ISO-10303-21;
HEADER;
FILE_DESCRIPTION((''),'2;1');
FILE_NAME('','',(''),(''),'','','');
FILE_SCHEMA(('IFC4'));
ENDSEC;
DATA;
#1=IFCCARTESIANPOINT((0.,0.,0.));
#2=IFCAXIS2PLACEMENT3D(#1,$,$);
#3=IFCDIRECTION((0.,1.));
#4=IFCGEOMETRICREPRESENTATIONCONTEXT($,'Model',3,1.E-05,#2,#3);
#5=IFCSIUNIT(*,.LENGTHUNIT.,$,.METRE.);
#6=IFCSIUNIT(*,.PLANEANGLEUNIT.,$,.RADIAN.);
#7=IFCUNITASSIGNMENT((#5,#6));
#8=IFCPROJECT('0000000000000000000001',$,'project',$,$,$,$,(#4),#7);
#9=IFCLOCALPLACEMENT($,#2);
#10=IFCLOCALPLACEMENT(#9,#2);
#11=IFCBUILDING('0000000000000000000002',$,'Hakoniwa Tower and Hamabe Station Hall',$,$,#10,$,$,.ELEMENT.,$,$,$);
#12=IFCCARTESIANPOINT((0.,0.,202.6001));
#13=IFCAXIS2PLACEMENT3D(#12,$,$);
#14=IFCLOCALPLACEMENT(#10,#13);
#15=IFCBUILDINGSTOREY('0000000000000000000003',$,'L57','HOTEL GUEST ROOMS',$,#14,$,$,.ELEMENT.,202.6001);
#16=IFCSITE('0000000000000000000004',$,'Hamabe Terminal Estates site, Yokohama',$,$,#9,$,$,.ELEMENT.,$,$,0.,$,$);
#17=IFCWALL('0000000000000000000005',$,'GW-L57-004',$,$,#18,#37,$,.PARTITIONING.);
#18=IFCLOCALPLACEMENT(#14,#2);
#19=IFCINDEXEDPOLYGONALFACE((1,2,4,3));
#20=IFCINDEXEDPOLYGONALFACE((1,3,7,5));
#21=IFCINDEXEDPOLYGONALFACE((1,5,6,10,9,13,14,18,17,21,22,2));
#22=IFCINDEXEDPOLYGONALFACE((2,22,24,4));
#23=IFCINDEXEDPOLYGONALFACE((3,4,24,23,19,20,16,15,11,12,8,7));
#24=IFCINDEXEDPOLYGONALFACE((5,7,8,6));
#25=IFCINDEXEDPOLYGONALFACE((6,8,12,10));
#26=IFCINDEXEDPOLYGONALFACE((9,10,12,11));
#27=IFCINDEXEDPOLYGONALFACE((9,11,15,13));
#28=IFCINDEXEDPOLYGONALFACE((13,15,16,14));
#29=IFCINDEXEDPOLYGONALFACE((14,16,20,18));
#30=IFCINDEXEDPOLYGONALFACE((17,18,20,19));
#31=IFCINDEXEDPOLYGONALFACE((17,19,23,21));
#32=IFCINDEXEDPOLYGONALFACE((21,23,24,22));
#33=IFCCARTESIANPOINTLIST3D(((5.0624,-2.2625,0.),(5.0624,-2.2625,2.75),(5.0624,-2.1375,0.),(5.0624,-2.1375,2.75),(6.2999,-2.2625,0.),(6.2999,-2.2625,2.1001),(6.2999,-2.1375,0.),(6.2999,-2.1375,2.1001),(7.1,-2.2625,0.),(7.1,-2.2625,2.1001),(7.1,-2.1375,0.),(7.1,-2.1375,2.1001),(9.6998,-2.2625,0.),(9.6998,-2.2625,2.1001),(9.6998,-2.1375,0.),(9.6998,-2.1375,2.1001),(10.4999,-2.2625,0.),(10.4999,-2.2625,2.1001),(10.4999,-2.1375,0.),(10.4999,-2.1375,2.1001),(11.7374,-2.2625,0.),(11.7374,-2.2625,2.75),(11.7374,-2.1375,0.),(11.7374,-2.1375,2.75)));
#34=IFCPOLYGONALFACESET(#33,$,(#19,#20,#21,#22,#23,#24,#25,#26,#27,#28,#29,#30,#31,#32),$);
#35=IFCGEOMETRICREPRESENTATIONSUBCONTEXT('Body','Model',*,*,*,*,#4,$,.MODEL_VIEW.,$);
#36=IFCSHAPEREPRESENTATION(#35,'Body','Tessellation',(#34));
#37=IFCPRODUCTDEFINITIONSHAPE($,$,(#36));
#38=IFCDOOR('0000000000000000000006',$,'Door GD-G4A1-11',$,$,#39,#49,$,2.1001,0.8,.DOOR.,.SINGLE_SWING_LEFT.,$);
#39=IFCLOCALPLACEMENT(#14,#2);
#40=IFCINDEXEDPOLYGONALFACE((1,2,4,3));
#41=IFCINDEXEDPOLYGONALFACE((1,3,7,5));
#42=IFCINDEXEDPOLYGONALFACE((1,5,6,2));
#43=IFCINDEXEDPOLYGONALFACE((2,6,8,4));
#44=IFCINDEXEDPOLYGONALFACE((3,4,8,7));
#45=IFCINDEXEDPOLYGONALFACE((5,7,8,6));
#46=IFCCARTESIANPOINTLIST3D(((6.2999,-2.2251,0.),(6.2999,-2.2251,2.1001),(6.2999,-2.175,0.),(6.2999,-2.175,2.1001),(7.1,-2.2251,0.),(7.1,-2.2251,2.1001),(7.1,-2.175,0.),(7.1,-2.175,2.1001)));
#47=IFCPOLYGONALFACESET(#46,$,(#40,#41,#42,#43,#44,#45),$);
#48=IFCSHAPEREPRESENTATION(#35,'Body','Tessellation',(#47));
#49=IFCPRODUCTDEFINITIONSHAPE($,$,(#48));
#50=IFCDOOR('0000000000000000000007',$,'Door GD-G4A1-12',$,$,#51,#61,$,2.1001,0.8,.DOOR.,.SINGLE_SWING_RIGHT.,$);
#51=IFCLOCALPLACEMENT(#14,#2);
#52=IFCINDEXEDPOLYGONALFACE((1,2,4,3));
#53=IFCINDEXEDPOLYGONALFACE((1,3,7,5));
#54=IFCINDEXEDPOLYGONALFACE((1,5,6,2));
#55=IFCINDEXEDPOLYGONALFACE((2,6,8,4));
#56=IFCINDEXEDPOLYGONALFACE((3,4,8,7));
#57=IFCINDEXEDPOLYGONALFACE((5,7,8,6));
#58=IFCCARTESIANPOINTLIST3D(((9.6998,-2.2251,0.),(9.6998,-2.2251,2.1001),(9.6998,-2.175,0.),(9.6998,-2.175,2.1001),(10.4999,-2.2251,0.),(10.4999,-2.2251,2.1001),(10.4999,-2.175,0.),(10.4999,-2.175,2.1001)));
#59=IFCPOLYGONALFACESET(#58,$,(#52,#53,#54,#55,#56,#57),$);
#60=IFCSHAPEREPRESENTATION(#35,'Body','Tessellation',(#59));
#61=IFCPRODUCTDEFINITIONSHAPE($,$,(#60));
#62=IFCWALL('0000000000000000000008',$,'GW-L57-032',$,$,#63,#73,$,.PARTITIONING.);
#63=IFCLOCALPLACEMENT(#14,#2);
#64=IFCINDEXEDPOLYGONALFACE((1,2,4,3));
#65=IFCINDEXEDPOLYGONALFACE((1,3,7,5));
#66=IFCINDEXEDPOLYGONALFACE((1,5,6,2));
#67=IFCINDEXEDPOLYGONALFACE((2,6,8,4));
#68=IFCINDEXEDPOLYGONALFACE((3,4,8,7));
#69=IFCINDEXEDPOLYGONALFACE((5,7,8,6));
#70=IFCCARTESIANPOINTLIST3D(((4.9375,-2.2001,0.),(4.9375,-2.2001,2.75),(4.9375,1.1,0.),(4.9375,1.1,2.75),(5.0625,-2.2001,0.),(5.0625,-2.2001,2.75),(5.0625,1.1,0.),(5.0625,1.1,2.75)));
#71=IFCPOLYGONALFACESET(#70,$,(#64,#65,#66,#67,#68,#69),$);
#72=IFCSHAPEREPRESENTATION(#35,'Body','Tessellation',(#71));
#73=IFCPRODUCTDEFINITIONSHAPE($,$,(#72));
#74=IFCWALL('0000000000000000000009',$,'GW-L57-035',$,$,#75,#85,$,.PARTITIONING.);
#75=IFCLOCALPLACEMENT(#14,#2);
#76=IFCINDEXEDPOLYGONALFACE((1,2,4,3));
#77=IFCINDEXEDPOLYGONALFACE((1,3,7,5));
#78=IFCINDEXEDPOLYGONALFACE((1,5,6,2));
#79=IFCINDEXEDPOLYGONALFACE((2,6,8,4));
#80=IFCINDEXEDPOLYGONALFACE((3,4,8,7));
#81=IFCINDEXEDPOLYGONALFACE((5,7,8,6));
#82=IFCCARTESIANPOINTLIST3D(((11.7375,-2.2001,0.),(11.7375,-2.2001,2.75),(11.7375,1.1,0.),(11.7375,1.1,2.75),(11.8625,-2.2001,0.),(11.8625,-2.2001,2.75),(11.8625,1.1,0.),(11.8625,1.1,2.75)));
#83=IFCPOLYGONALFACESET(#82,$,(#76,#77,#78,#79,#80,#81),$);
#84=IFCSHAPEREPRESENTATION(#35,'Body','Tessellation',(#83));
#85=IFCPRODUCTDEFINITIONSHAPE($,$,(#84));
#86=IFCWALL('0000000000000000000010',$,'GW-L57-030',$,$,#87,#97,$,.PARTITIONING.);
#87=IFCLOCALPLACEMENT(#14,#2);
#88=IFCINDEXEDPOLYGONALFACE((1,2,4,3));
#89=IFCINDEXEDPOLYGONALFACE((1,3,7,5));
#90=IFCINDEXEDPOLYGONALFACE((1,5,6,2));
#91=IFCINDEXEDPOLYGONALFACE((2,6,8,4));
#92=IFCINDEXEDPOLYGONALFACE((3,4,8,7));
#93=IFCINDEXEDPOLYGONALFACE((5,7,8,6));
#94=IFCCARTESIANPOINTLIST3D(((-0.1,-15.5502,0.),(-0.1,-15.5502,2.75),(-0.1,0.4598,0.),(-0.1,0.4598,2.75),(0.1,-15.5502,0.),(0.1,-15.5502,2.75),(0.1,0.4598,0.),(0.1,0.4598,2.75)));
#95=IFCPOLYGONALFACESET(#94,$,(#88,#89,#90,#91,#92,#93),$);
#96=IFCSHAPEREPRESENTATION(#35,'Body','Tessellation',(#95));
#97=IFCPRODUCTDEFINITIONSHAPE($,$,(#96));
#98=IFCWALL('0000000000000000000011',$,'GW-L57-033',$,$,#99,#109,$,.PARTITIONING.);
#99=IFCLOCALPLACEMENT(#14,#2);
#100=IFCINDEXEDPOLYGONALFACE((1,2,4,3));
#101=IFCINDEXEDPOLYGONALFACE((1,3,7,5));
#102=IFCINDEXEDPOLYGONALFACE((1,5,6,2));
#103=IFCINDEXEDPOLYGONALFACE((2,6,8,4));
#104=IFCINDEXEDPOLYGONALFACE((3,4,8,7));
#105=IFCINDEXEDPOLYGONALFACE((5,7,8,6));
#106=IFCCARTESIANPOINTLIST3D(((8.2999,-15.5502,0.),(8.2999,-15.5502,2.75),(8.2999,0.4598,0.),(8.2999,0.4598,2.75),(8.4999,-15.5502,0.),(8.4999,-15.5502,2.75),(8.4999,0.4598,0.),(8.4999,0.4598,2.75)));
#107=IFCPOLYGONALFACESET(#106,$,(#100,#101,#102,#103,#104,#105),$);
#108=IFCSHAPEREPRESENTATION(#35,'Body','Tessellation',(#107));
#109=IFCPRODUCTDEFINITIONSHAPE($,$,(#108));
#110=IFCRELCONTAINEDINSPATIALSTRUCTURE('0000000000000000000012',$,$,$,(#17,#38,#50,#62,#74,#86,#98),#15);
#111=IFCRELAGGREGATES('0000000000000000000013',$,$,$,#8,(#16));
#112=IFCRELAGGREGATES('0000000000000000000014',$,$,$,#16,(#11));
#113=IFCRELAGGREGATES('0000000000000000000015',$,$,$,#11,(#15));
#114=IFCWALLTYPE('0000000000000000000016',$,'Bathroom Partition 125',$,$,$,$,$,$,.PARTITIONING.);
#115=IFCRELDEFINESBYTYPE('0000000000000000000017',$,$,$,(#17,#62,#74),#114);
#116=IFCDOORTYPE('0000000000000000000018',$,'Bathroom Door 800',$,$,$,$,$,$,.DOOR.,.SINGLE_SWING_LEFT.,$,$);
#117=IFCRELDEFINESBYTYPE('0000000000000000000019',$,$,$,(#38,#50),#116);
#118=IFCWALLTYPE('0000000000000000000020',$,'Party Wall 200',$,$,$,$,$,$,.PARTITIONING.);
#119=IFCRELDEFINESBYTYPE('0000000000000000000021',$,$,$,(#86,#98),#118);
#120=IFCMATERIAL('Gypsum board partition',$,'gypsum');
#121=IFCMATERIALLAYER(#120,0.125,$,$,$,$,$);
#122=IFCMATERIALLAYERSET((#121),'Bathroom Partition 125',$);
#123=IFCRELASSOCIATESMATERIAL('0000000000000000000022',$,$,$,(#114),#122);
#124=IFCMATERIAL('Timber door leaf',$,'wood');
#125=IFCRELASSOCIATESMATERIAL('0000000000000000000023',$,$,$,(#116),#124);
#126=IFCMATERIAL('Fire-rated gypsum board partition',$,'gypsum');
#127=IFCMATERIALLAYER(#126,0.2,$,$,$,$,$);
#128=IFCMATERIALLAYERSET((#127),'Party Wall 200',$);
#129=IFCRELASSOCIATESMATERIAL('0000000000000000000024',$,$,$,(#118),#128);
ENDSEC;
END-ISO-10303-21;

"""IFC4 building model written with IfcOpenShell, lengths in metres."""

from ifc_helpers import new_model, si_unit, direction, frame, frame_2d, origin, place, context, subcontext, project, spatial, rectangle, extrude, material, layer, layer_set, type_object, element, fill, save


model = new_model("IFC4")

# Units and contexts
model_context = context("Model", 3, precision=1e-05, world=origin(), true_north=direction((0.0, 1.0)))
body_context = subcontext(model_context, "Body", "Model", "MODEL_VIEW")
ifc_project = project(units=[si_unit("LENGTHUNIT", "METRE"), si_unit("PLANEANGLEUNIT", "RADIAN")], contexts=[model_context])

# Site, building, storey
site_placement = place(None, origin())
site = spatial("IfcSite", under=ifc_project, at=site_placement, Name="Hamabe Terminal Estates site, Yokohama", CompositionType="ELEMENT", RefElevation=0.0)
building_placement = place(site_placement, origin())
building = spatial("IfcBuilding", under=site, at=building_placement, Name="Hakoniwa Tower and Hamabe Station Hall", CompositionType="ELEMENT")
storey_placement = place(building_placement, frame((0.0, 0.0, 202.6001)))
storey = spatial("IfcBuildingStorey", under=building, at=storey_placement, Name="L57", Description="HOTEL GUEST ROOMS", CompositionType="ELEMENT", Elevation=202.6001)

# Wall, openings, doors
ifc_material_1 = material(Name="Gypsum board partition", Category="gypsum")
ifc_layer_1 = layer(ifc_material_1, 0.125)
ifc_layer_set_1 = layer_set([ifc_layer_1], Name="Bathroom Partition 125")
wall_type_1 = type_object("IfcWallType", Name="Bathroom Partition 125", PredefinedType="PARTITIONING", material=ifc_layer_set_1)
wall_placement = place(storey_placement, frame((5.0625, -2.2, 0.0), z_axis=(0.0, 0.0, 1.0), x_axis=(1.0, 0.0, 0.0)))
wall = element("IfcWall", 1, at=wall_placement, inside=storey, type_object=wall_type_1, Name="GW-L57-004", PredefinedType="PARTITIONING", context=body_context, shape_type="SweptSolid", body=[
    extrude(rectangle(XDim=6.675, YDim=0.125, at=frame_2d((3.3374, 0.0))), origin(), (0.0, 0.0, 1.0), 2.75),
])
opening_1_placement = place(wall_placement, frame((1.2375, 0.0, 0.0)))
opening_1 = element("IfcOpeningElement", 2, at=opening_1_placement, cuts=wall, PredefinedType="OPENING", context=body_context, shape_type="SweptSolid", body=[
    extrude(rectangle(XDim=0.8, YDim=2.1001, at=frame_2d((0.3999, 1.05))), frame((0.0, 0.0725, 0.0), z_axis=(0.0, -1.0, 0.0), x_axis=(1.0, 0.0, 0.0)), (0.0, 0.0, 1.0), 0.145),
])
opening_2_placement = place(wall_placement, frame((4.6375, 0.0, 0.0)))
opening_2 = element("IfcOpeningElement", 3, at=opening_2_placement, cuts=wall, PredefinedType="OPENING", context=body_context, shape_type="SweptSolid", body=[
    extrude(rectangle(XDim=0.8, YDim=2.1001, at=frame_2d((0.3999, 1.05))), frame((0.0, 0.0725, 0.0), z_axis=(0.0, -1.0, 0.0), x_axis=(1.0, 0.0, 0.0)), (0.0, 0.0, 1.0), 0.145),
])
ifc_material_2 = material(Name="Timber door leaf", Category="wood")
door_type = type_object("IfcDoorType", Name="Bathroom Door 800", OperationType="SINGLE_SWING_LEFT", PredefinedType="DOOR", material=ifc_material_2)
door_1_placement = place(opening_1_placement, origin())
door_1 = element("IfcDoor", 4, at=door_1_placement, inside=storey, type_object=door_type, Name="Door GD-G4A1-11", OperationType="SINGLE_SWING_LEFT", OverallHeight=2.1001, OverallWidth=0.8, PredefinedType="DOOR", context=body_context, shape_type="SweptSolid", body=[
    extrude(rectangle(XDim=0.8, YDim=2.1001, at=frame_2d((0.3999, 1.05))), frame((0.0, 0.0249, 0.0), z_axis=(0.0, -1.0, 0.0), x_axis=(1.0, 0.0, 0.0)), (0.0, 0.0, 1.0), 0.05),
])
fill(opening_1, door_1)
door_2_placement = place(opening_2_placement, origin())
door_2 = element("IfcDoor", 5, at=door_2_placement, inside=storey, type_object=door_type, Name="Door GD-G4A1-12", OperationType="SINGLE_SWING_RIGHT", OverallHeight=2.1001, OverallWidth=0.8, PredefinedType="DOOR", context=body_context, shape_type="SweptSolid", body=[
    extrude(rectangle(XDim=0.8, YDim=2.1001, at=frame_2d((0.3999, 1.05))), frame((0.0, 0.0249, 0.0), z_axis=(0.0, -1.0, 0.0), x_axis=(1.0, 0.0, 0.0)), (0.0, 0.0, 1.0), 0.05),
])
fill(opening_2, door_2)

# Walls
for number, where, z_axis, x_axis, name in (
    (6, (5.0, -2.2, 0.0), (0.0, 0.0, 1.0), (0.0, 1.0, 0.0), "GW-L57-032"),
    (7, (11.8, -2.2, 0.0), (0.0, 0.0, 1.0), (0.0, 1.0, 0.0), "GW-L57-035"),
):
    element("IfcWall", number, at=place(storey_placement, frame(where, z_axis=z_axis, x_axis=x_axis)), inside=storey, type_object=wall_type_1, Name=name, PredefinedType="PARTITIONING", context=body_context, shape_type="SweptSolid", body=[
        extrude(rectangle(XDim=3.3, YDim=0.125, at=frame_2d((1.6499, 0.0))), origin(), (0.0, 0.0, 1.0), 2.75),
    ])
ifc_material_3 = material(Name="Fire-rated gypsum board partition", Category="gypsum")
ifc_layer_2 = layer(ifc_material_3, 0.2)
ifc_layer_set_2 = layer_set([ifc_layer_2], Name="Party Wall 200")
wall_type_2 = type_object("IfcWallType", Name="Party Wall 200", PredefinedType="PARTITIONING", material=ifc_layer_set_2)
for number, where, z_axis, x_axis, name in (
    (8, (0.0, -15.55, 0.0), (0.0, 0.0, 1.0), (0.0, 1.0, 0.0), "GW-L57-030"),
    (9, (8.3999, -15.55, 0.0), (0.0, 0.0, 1.0), (0.0, 1.0, 0.0), "GW-L57-033"),
):
    element("IfcWall", number, at=place(storey_placement, frame(where, z_axis=z_axis, x_axis=x_axis)), inside=storey, type_object=wall_type_2, Name=name, PredefinedType="PARTITIONING", context=body_context, shape_type="SweptSolid", body=[
        extrude(rectangle(XDim=16.01, YDim=0.2, at=frame_2d((8.0049, 0.0))), origin(), (0.0, 0.0, 1.0), 2.75),
    ])

save(model, "model.ifc")
